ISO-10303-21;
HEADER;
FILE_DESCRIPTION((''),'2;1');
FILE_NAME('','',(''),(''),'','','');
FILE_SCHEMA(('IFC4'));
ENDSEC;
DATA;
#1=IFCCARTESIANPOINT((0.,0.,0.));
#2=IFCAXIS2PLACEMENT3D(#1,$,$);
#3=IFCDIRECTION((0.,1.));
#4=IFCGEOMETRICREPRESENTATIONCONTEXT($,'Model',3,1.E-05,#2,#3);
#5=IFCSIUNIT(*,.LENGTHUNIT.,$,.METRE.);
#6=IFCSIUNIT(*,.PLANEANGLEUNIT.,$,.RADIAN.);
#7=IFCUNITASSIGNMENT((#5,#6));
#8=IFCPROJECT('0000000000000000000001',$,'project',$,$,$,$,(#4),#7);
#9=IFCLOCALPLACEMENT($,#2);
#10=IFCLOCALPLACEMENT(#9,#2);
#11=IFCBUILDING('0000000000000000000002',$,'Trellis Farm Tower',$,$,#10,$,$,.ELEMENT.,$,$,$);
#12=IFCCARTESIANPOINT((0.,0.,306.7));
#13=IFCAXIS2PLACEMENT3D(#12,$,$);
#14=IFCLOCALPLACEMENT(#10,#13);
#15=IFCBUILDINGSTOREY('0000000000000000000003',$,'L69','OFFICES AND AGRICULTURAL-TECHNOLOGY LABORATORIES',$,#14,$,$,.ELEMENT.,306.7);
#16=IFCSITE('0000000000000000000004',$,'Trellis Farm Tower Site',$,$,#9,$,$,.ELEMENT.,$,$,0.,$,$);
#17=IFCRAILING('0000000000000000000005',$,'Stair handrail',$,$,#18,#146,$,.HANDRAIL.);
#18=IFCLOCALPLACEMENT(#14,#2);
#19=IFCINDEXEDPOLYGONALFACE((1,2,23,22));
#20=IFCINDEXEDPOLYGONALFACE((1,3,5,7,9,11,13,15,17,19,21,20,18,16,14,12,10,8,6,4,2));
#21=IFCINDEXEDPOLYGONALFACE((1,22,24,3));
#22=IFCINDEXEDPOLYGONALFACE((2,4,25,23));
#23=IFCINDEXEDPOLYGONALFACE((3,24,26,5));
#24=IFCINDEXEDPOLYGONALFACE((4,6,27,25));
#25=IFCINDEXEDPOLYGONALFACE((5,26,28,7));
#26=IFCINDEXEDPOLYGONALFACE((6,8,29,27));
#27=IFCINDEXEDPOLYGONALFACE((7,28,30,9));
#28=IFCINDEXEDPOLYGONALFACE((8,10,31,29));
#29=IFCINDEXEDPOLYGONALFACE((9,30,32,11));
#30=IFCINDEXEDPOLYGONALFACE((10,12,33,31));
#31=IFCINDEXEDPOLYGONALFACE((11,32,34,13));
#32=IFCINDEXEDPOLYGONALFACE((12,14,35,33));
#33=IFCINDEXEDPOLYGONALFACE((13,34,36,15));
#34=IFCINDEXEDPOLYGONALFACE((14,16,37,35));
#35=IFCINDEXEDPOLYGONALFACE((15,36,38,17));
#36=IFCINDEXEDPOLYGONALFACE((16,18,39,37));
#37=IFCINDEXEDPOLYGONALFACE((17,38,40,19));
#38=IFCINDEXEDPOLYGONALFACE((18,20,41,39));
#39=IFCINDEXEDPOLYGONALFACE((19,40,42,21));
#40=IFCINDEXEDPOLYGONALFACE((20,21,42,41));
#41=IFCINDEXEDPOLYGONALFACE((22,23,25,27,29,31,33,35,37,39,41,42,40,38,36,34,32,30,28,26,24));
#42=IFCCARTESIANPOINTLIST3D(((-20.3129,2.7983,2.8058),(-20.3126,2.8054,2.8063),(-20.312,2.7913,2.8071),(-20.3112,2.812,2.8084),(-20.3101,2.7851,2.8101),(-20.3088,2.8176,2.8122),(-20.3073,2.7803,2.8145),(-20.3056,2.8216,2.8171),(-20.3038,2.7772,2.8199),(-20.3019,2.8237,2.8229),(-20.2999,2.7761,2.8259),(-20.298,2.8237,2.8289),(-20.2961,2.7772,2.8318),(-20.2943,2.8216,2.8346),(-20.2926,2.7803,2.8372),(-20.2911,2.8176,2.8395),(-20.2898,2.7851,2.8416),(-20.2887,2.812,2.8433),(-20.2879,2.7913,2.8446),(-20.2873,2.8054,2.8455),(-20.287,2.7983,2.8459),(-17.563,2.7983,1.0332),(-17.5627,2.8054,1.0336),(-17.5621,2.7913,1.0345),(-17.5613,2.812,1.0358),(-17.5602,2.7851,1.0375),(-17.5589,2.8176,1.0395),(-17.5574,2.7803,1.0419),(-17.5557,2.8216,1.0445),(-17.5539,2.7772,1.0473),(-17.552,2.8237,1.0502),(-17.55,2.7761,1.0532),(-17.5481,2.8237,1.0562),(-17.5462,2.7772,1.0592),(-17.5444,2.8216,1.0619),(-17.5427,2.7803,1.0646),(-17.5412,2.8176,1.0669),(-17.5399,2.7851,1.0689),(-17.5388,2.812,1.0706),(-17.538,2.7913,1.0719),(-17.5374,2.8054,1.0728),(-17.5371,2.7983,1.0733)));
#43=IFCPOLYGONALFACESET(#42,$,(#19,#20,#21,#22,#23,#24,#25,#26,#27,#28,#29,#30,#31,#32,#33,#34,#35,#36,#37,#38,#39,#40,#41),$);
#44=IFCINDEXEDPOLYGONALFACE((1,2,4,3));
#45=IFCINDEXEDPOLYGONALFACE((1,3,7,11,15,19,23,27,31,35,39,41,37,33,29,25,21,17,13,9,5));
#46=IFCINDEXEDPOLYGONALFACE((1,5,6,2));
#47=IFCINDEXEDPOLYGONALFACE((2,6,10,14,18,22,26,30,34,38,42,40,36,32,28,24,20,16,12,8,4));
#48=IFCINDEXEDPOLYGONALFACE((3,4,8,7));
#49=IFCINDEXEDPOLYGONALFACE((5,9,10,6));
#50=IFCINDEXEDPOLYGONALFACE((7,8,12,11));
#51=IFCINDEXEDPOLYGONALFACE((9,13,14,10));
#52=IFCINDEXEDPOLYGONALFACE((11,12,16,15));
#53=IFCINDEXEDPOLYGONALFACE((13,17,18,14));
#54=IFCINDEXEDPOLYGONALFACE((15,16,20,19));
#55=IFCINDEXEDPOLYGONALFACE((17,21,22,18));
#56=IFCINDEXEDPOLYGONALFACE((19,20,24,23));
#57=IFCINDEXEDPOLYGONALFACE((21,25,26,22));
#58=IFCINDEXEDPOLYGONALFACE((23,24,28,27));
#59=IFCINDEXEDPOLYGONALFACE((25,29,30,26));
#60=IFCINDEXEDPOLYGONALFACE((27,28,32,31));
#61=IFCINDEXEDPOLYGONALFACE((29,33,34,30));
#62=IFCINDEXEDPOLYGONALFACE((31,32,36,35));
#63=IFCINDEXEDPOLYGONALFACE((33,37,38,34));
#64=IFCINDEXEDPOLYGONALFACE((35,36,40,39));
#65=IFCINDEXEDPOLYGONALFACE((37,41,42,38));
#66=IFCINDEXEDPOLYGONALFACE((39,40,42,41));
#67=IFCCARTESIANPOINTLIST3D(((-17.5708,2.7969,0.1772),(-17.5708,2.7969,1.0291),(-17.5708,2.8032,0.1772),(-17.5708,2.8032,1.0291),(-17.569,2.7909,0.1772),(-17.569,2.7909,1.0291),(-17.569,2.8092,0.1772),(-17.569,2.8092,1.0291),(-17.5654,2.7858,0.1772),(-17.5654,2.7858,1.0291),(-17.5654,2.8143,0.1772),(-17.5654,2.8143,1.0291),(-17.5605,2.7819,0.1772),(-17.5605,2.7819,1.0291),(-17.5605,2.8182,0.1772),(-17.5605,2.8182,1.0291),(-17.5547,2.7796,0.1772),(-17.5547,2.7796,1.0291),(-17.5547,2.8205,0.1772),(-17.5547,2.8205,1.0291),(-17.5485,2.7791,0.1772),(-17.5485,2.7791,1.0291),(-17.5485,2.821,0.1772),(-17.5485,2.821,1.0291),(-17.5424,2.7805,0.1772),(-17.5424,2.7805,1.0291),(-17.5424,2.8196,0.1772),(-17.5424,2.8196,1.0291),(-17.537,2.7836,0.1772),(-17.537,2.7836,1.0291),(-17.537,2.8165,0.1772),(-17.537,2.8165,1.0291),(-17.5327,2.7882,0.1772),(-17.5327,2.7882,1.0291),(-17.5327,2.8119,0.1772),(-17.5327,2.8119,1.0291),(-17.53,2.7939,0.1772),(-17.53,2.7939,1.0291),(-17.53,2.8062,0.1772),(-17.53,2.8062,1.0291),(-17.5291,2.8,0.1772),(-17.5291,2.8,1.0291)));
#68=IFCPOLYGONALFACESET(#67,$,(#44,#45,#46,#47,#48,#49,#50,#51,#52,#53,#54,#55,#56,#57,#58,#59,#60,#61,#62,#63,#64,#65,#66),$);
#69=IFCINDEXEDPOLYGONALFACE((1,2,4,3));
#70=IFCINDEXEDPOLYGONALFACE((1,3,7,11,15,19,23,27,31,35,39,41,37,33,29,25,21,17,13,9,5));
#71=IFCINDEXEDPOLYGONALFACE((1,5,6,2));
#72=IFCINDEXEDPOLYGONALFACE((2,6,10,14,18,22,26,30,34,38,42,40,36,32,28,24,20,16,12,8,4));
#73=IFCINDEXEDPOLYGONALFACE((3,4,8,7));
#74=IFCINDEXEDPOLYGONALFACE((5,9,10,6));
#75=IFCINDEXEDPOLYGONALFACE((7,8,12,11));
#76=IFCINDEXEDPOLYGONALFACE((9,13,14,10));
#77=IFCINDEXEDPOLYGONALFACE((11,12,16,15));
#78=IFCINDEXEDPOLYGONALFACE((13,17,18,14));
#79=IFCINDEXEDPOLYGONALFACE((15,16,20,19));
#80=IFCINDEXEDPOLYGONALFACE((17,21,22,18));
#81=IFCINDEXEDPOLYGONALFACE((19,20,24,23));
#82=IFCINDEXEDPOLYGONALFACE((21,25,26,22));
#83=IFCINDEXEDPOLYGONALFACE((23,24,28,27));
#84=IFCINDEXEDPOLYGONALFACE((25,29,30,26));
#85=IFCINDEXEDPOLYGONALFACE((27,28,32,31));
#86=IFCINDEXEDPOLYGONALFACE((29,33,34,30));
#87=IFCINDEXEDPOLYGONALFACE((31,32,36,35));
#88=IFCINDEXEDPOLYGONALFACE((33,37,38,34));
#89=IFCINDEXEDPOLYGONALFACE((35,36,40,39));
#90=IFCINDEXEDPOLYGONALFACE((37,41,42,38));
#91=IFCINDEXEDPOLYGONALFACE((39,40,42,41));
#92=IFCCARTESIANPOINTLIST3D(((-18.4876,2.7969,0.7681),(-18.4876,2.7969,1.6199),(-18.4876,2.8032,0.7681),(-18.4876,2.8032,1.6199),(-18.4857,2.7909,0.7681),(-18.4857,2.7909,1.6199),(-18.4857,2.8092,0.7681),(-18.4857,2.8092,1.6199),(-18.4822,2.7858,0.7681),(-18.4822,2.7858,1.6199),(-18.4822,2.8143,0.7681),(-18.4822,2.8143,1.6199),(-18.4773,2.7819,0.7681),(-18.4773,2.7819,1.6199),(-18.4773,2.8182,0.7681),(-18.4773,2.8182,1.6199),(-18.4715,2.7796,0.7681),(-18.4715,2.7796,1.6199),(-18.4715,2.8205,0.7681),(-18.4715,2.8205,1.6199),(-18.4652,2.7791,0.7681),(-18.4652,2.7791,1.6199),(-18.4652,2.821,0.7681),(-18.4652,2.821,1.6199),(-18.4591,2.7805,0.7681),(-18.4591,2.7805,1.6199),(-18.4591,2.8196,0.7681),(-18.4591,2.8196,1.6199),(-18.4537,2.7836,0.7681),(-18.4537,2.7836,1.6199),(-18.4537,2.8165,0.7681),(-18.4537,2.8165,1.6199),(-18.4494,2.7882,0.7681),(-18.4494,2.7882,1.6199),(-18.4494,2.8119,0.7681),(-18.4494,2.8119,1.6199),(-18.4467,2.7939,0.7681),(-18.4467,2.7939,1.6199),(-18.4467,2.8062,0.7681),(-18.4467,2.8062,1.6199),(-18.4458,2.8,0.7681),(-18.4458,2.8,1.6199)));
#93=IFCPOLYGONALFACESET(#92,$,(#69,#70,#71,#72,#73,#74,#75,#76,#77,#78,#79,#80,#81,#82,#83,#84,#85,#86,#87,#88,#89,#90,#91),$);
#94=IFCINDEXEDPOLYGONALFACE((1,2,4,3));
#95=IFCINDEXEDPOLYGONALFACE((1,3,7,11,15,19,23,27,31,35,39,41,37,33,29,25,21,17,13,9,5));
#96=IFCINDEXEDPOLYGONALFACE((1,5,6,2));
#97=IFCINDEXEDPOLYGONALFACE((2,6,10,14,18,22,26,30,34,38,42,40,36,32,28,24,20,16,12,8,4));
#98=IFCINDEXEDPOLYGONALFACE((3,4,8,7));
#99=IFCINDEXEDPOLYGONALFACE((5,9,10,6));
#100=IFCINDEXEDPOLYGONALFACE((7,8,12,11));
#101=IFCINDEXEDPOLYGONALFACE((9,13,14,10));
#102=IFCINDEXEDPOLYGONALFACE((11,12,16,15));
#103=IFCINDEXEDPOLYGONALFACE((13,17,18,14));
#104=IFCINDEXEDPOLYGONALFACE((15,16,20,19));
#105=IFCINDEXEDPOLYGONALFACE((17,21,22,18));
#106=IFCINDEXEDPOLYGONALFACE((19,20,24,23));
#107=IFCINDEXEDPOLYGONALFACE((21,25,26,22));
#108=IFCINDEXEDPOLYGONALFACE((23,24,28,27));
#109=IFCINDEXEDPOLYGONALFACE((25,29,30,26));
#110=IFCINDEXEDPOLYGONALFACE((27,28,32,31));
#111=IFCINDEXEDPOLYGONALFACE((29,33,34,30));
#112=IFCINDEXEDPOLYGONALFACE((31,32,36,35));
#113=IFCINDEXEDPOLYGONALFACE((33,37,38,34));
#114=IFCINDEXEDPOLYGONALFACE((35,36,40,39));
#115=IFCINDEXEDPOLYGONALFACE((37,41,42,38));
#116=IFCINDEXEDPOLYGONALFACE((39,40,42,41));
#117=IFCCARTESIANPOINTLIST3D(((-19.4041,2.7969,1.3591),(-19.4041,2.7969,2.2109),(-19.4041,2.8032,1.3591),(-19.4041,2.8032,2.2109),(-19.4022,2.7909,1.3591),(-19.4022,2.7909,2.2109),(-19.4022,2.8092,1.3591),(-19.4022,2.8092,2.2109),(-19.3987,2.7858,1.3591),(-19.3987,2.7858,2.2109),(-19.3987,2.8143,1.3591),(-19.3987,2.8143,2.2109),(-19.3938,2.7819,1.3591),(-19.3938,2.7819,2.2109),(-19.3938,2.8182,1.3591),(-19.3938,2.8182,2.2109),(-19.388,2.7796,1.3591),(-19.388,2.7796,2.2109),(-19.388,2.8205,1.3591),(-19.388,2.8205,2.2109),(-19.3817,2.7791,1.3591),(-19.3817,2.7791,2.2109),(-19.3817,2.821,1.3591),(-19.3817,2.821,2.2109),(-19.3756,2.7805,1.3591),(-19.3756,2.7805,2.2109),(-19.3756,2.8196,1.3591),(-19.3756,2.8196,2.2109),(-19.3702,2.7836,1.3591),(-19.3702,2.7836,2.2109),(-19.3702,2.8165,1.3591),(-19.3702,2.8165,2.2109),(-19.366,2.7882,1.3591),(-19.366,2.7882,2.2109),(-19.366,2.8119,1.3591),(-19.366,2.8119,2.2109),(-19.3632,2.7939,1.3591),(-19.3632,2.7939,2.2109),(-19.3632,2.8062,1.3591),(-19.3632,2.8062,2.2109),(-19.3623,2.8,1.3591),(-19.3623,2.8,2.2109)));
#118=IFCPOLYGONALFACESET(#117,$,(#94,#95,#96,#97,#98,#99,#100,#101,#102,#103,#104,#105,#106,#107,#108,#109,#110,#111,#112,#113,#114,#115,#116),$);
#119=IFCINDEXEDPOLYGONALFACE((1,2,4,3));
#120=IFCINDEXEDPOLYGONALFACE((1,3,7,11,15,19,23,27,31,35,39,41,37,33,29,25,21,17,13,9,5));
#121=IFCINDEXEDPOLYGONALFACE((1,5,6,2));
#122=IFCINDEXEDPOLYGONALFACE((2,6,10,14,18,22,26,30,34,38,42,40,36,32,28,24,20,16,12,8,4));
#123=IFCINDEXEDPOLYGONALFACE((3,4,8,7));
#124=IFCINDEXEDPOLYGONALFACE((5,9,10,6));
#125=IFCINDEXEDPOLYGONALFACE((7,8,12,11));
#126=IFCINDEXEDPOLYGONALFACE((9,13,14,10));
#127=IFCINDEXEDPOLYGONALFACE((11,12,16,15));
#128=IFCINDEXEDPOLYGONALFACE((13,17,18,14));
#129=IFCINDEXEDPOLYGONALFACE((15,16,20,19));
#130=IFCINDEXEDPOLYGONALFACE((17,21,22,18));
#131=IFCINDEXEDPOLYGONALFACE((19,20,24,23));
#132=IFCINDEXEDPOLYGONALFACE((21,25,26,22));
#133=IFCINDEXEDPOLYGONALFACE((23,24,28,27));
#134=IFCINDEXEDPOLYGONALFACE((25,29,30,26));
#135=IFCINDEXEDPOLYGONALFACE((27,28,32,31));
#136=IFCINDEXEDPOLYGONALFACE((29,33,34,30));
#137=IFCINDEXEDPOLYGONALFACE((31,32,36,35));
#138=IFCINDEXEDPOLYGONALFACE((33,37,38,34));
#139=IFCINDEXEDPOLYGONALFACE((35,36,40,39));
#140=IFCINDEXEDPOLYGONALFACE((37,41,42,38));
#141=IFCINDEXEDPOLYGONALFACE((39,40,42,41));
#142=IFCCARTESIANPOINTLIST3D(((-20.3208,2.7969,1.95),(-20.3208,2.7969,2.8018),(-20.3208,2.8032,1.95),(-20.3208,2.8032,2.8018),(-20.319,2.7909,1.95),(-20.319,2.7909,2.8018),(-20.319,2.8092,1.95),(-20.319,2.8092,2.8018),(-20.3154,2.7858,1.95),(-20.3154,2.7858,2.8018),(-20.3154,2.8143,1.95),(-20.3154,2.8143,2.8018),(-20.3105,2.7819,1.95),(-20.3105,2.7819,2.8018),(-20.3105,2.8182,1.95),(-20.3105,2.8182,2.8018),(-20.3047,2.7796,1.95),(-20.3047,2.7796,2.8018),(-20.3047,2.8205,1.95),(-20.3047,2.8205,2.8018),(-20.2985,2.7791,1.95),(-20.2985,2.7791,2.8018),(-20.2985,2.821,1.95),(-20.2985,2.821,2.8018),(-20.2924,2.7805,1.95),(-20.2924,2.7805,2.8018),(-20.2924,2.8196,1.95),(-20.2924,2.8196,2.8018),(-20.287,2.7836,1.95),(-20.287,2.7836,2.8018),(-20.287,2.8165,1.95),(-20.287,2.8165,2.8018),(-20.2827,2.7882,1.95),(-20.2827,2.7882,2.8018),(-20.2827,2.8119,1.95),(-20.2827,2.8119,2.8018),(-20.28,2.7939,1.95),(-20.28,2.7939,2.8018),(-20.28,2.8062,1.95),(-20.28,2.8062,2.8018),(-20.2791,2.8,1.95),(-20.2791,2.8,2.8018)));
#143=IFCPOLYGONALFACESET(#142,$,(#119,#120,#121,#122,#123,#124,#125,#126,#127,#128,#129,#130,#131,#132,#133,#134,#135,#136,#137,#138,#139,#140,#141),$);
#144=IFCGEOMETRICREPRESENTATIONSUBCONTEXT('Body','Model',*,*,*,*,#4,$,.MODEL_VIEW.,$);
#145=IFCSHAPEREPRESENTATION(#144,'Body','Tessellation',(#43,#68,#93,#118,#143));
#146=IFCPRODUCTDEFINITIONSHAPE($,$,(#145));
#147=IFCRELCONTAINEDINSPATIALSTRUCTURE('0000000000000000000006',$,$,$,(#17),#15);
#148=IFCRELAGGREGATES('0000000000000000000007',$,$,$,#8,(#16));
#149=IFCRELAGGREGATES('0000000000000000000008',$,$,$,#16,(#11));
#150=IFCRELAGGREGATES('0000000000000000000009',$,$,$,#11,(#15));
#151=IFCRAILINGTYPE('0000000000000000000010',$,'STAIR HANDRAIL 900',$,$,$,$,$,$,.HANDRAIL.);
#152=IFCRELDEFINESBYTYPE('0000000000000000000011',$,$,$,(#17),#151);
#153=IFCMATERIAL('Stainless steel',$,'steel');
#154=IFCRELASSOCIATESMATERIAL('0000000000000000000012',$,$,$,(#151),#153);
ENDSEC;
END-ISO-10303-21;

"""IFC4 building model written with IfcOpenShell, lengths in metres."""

from ifc_helpers import new_model, si_unit, direction, frame, origin, origin_2d, place, context, subcontext, project, spatial, circle, extrude, source, transform, mapped, material, type_object, element, save


model = new_model("IFC4")

# Units and contexts
model_context = context("Model", 3, precision=1e-05, world=origin(), true_north=direction((0.0, 1.0)))
body_context = subcontext(model_context, "Body", "Model", "MODEL_VIEW")
ifc_project = project(units=[si_unit("LENGTHUNIT", "METRE"), si_unit("PLANEANGLEUNIT", "RADIAN")], contexts=[model_context])

# Site, building, storey
site_placement = place(None, origin())
site = spatial("IfcSite", under=ifc_project, at=site_placement, Name="Trellis Farm Tower Site", CompositionType="ELEMENT", RefElevation=0.0)
building_placement = place(site_placement, origin())
building = spatial("IfcBuilding", under=site, at=building_placement, Name="Trellis Farm Tower", CompositionType="ELEMENT")
storey_placement = place(building_placement, frame((0.0, 0.0, 306.7)))
storey = spatial("IfcBuildingStorey", under=building, at=storey_placement, Name="L69", Description="OFFICES AND AGRICULTURAL-TECHNOLOGY LABORATORIES", CompositionType="ELEMENT", Elevation=306.7)

# Railing
ifc_material_1 = material(Name="Stainless steel", Category="steel")
railing_type = type_object("IfcRailingType", Name="STAIR HANDRAIL 900", PredefinedType="HANDRAIL", material=ifc_material_1)
shared_shape_1 = source(origin(), body_context, "Body", "SweptSolid", [
    extrude(circle(Radius=0.0239, at=origin_2d()), frame((0.0, 0.0, 0.876), z_axis=(-0.840504, 0.0, 0.541806), x_axis=(0.0, -1.0, 0.0)), (0.0, 0.0, 1.0), 3.2717),
    extrude(circle(Radius=0.021, at=origin_2d()), origin(), (0.0, 0.0, 1.0), 0.8518),
    extrude(circle(Radius=0.021, at=origin_2d()), frame((-0.9167, 0.0, 0.5908)), (0.0, 0.0, 1.0), 0.8518),
    extrude(circle(Radius=0.021, at=origin_2d()), frame((-1.8333, 0.0, 1.1819)), (0.0, 0.0, 1.0), 0.8518),
    extrude(circle(Radius=0.021, at=origin_2d()), frame((-2.75, 0.0, 1.7727)), (0.0, 0.0, 1.0), 0.8518),
])
for number, where, name in (
    (1, (-17.55, 2.8, 0.1772), "Stair handrail"),
):
    element("IfcRailing", number, at=place(storey_placement, frame(where)), inside=storey, type_object=railing_type, Name=name, PredefinedType="HANDRAIL", context=body_context, shape_type="MappedRepresentation", body=[
        mapped(shared_shape_1, transform((0.0, 0.0, 0.0))),
    ])

save(model, "model.ifc")
